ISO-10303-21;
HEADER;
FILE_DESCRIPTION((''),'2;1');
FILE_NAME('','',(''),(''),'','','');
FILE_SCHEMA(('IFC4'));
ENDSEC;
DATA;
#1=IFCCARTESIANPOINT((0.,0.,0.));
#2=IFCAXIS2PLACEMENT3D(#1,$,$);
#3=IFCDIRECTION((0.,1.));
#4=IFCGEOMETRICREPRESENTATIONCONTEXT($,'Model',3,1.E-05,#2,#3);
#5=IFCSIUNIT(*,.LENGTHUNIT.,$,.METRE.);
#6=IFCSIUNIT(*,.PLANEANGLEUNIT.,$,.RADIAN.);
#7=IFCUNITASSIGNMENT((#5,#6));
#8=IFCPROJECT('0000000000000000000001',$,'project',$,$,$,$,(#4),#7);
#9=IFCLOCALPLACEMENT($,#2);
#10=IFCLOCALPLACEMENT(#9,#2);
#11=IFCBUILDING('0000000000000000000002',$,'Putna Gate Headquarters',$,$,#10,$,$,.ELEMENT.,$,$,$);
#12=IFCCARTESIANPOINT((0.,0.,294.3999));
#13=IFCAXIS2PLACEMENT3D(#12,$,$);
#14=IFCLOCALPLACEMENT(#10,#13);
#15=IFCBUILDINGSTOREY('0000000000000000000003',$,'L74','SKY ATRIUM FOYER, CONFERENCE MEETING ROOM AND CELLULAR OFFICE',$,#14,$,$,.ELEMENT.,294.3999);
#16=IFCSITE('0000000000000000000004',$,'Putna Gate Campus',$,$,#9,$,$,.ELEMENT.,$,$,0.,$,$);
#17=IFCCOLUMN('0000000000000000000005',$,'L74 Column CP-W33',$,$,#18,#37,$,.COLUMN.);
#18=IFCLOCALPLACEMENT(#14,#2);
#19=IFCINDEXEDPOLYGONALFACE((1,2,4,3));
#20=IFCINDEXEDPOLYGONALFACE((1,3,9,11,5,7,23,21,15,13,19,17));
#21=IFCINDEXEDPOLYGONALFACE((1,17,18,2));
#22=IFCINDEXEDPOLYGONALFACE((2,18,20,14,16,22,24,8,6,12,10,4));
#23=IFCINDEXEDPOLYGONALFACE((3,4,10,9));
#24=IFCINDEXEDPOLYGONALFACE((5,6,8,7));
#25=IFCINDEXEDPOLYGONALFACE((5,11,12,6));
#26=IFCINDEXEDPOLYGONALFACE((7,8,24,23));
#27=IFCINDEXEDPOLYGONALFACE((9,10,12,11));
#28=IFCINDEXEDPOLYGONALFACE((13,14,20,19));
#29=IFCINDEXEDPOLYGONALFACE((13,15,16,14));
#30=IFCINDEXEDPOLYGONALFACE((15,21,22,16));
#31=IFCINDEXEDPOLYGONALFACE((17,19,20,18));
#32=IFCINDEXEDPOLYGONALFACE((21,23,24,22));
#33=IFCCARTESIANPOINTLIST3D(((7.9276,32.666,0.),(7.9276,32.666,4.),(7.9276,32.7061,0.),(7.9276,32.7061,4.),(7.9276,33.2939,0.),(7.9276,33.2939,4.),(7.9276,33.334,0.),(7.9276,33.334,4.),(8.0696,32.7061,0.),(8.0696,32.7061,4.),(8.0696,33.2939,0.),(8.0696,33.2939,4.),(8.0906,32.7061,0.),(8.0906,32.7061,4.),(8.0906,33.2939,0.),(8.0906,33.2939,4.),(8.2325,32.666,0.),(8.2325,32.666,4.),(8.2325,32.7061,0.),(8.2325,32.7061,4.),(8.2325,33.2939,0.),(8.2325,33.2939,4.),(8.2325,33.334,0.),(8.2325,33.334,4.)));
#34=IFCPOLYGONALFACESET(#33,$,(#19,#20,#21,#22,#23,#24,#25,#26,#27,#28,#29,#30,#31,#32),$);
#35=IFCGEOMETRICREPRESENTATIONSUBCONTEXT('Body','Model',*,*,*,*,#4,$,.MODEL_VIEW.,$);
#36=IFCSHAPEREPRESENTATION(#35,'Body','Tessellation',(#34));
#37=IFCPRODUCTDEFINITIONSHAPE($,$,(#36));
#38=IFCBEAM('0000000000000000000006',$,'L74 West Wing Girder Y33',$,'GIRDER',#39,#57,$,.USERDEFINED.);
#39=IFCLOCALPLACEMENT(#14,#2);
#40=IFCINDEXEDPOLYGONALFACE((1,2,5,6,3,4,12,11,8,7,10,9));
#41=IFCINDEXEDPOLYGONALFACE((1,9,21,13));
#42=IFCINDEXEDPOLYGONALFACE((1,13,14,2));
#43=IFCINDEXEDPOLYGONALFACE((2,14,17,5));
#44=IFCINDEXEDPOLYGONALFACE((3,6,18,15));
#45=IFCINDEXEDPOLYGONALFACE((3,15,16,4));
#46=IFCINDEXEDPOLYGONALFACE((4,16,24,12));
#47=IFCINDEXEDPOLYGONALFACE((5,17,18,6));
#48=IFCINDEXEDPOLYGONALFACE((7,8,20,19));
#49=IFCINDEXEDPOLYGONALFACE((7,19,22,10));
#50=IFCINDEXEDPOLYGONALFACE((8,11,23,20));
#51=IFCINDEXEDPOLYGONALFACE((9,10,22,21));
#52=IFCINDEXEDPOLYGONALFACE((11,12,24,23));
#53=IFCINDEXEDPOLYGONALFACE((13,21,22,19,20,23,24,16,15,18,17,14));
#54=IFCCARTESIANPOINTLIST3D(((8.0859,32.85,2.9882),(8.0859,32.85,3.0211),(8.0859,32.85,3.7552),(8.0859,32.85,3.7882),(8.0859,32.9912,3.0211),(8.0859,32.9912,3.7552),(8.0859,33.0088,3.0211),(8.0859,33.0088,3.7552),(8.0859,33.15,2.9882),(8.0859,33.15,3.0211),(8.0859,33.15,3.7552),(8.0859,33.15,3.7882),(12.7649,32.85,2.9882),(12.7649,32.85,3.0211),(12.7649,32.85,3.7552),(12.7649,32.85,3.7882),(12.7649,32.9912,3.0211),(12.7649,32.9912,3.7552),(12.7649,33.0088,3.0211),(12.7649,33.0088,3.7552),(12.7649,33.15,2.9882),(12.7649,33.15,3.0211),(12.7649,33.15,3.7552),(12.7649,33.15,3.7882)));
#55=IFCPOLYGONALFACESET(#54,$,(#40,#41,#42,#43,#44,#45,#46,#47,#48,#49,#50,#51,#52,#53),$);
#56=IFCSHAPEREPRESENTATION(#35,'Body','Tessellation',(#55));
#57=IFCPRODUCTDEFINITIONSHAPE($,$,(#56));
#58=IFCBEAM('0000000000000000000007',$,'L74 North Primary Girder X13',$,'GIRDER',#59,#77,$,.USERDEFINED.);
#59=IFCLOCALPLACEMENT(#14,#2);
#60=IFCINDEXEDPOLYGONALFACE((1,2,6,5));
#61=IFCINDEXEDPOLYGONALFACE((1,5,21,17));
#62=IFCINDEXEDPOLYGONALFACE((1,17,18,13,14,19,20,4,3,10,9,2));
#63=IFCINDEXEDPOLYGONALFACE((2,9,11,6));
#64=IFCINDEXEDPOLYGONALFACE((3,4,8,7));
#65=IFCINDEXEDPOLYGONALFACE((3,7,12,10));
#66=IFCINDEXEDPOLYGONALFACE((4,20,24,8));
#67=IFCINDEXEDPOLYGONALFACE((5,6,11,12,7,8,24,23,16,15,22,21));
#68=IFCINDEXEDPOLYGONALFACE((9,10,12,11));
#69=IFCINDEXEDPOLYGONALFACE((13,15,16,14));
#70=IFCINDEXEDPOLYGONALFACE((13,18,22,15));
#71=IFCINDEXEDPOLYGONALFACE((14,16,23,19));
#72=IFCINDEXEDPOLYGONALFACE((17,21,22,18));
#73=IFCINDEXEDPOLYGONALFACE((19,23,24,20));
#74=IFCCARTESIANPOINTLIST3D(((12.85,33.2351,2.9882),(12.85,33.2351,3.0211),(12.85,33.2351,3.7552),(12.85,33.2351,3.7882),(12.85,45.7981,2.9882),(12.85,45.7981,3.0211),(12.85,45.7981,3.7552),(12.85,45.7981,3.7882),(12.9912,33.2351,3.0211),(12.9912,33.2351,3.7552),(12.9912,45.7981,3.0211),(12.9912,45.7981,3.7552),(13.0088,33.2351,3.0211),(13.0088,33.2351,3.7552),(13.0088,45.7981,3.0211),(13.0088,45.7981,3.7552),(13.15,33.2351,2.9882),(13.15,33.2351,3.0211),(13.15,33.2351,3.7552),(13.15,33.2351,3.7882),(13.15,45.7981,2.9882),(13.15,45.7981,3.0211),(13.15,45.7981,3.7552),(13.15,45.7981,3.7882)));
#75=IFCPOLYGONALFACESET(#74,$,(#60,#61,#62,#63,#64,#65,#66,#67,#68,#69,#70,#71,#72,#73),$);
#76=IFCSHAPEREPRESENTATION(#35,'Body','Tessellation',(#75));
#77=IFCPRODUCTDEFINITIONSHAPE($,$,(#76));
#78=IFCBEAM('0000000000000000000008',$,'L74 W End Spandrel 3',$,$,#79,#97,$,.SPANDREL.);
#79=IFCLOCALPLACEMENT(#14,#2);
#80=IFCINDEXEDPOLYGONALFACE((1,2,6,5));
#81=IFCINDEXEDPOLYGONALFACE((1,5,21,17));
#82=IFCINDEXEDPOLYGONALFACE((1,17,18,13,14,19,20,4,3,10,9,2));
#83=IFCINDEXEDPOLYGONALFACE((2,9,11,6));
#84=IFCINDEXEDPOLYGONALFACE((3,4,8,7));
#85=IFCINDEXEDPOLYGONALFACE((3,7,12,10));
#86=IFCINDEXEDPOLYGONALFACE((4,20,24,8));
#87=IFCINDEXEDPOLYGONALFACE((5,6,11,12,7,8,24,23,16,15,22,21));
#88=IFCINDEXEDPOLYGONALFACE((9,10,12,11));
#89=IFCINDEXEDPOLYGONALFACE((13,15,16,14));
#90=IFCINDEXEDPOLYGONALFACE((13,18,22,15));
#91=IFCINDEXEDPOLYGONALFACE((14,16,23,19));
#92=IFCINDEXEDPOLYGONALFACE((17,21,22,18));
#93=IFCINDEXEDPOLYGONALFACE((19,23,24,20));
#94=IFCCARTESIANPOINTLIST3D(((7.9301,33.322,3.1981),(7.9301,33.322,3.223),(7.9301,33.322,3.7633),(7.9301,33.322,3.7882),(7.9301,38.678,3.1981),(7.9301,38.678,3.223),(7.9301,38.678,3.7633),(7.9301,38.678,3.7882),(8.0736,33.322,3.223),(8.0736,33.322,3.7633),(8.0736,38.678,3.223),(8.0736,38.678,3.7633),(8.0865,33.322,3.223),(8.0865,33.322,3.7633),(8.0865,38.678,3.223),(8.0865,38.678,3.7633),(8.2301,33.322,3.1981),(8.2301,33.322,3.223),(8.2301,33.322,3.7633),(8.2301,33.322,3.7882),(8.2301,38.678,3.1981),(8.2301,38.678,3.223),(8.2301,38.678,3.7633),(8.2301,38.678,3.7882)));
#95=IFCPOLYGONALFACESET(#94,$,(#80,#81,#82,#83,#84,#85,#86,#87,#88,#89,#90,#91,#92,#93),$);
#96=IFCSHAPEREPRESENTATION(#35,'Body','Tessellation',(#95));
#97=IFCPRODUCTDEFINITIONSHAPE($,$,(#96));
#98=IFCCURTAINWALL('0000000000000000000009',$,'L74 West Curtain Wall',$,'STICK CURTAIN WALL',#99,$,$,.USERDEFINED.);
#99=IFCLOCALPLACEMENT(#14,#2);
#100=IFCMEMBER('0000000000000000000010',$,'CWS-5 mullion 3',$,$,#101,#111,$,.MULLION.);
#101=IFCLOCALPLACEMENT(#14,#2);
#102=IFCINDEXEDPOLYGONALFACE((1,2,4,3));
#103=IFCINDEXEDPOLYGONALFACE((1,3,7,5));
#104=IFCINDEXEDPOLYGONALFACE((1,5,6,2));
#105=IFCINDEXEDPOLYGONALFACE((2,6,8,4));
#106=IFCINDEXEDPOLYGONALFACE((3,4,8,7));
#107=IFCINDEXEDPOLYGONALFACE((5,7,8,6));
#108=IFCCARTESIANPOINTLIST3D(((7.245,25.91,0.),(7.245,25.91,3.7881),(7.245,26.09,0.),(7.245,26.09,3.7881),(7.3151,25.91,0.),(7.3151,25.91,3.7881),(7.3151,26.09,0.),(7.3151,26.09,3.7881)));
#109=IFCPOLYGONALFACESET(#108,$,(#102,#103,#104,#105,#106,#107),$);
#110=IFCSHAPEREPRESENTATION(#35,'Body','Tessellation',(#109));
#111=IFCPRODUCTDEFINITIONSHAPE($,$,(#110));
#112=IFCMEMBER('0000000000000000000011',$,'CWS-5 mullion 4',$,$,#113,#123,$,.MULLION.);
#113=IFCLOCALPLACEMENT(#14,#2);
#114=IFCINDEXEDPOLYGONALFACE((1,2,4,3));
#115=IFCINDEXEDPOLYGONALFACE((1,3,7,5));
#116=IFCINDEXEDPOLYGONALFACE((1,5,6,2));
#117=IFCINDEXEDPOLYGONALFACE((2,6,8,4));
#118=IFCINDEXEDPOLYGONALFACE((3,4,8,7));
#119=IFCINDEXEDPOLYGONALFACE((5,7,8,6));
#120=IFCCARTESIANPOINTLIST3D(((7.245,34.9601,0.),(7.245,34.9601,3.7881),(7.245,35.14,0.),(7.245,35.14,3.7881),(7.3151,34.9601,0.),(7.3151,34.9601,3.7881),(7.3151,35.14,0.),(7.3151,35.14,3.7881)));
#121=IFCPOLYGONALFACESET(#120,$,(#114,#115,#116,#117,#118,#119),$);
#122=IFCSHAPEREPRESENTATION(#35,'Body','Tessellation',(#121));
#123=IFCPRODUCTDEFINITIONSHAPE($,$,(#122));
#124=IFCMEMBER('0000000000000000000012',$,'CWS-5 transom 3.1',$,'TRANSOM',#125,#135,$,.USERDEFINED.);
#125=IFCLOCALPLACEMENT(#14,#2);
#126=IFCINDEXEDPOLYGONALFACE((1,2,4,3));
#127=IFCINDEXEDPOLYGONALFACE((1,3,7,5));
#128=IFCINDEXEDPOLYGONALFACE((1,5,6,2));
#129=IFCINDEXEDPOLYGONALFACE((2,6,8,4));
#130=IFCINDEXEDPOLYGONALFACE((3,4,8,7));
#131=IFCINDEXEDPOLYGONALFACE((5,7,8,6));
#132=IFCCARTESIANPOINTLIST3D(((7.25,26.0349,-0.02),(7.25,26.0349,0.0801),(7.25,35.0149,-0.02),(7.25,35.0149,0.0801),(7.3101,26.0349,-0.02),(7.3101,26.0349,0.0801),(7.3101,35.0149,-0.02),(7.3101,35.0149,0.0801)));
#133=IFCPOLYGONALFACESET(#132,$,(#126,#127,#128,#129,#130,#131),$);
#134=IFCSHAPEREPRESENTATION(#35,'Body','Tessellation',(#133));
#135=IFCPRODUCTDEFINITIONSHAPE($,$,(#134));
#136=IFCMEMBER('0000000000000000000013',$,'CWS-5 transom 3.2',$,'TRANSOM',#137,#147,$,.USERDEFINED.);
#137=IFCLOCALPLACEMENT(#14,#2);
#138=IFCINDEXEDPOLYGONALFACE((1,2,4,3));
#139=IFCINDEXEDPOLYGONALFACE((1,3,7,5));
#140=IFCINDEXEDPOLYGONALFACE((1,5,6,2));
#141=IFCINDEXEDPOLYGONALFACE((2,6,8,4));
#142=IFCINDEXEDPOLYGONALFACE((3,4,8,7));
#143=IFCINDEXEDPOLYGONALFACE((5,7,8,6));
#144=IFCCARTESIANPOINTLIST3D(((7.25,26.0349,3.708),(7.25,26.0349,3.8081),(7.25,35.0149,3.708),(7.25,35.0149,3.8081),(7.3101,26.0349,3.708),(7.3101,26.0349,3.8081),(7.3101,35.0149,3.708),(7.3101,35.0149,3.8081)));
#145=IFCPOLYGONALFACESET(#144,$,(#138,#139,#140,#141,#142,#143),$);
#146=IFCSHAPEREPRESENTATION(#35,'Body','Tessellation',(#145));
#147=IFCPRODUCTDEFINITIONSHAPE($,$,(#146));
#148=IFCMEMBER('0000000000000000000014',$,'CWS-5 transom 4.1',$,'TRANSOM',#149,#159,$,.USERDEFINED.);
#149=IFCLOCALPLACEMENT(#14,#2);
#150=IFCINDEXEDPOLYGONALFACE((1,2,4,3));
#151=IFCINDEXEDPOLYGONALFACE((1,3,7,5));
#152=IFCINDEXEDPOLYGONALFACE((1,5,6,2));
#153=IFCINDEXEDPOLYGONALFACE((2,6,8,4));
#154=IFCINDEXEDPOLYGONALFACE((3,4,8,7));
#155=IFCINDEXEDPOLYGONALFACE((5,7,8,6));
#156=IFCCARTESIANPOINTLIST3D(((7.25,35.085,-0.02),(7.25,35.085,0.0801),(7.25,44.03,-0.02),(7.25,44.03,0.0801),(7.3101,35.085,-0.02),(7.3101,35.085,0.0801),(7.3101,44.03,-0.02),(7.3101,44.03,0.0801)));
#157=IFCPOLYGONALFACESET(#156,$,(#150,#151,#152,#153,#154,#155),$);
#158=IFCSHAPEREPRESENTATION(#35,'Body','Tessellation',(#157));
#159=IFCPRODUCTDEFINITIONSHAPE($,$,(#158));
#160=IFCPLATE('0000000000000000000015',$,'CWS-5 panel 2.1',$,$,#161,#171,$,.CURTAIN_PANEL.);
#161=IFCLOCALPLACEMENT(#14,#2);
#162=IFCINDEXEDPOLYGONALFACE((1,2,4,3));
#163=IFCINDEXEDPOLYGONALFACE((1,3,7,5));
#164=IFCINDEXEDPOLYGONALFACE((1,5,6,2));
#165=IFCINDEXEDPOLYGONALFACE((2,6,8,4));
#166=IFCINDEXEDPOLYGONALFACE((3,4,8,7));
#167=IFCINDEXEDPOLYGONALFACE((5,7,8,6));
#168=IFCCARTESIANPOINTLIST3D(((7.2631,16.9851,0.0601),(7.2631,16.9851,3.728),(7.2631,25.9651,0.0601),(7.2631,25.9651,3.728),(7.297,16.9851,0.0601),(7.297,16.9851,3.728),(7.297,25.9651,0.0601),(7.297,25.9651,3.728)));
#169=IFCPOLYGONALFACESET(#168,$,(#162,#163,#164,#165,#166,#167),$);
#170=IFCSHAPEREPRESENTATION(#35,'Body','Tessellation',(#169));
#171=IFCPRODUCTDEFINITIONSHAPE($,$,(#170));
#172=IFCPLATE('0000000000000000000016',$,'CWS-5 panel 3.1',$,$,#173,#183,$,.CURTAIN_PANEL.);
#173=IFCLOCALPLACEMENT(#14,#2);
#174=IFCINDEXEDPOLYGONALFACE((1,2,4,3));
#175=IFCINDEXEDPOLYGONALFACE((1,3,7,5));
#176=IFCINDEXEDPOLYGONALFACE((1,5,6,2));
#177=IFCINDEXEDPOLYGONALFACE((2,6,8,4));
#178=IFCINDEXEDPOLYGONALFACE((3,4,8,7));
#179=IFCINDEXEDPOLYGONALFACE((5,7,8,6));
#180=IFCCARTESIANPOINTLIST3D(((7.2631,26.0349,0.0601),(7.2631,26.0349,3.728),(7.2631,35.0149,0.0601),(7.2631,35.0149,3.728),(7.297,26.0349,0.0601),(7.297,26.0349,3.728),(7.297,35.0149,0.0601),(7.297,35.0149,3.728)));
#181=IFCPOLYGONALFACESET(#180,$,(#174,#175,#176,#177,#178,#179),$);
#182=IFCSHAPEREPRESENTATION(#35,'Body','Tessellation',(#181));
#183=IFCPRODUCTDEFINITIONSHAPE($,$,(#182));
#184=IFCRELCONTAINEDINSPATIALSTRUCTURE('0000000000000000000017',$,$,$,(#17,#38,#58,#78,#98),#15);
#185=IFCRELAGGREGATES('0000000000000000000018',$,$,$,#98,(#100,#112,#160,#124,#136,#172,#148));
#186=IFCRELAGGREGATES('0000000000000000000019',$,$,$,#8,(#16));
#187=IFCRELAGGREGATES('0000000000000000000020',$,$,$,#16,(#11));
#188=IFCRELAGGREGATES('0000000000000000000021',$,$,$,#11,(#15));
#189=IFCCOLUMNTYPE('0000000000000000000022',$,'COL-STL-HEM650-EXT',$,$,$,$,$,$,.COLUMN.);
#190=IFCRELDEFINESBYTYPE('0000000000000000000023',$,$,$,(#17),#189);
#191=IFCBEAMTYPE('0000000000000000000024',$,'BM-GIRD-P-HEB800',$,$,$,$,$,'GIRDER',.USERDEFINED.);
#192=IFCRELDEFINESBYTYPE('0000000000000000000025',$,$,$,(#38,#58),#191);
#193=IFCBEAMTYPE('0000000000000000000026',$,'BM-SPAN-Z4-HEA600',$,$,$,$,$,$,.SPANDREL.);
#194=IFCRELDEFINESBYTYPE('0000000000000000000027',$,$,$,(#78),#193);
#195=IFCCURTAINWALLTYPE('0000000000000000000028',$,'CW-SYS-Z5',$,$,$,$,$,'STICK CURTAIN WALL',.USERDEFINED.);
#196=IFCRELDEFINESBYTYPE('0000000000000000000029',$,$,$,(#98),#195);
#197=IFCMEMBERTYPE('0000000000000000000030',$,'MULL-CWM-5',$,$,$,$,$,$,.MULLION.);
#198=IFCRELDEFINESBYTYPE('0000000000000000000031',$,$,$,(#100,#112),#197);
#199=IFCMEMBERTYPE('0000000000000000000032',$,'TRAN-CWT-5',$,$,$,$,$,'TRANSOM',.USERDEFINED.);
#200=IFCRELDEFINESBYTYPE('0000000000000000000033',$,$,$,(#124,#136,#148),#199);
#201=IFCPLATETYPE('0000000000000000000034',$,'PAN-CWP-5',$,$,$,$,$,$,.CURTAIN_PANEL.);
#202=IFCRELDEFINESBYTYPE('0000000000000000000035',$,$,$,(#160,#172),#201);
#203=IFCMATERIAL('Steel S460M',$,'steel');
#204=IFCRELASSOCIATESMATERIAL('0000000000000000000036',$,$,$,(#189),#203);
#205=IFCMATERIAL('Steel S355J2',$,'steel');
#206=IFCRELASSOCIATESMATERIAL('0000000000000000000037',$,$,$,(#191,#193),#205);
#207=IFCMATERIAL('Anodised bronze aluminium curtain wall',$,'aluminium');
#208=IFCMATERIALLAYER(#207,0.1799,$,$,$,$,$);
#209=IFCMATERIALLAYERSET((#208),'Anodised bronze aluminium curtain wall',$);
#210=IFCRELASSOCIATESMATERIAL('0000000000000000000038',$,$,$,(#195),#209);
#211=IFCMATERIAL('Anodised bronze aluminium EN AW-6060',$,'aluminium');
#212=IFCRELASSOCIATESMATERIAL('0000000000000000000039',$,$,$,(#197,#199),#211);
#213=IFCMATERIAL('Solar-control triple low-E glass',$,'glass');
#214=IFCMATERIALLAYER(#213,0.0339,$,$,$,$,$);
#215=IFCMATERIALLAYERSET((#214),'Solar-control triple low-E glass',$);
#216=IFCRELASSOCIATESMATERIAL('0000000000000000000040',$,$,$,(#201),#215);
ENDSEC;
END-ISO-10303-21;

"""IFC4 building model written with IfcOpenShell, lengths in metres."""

from ifc_helpers import new_model, si_unit, direction, frame, origin, origin_2d, place, context, subcontext, project, spatial, rectangle, i_section, extrude, material, layer, layer_set, material_profile, profile_set, type_object, element, aggregate, save


model = new_model("IFC4")

# Units and contexts
model_context = context("Model", 3, precision=1e-05, world=origin(), true_north=direction((0.0, 1.0)))
body_context = subcontext(model_context, "Body", "Model", "MODEL_VIEW")
ifc_project = project(units=[si_unit("LENGTHUNIT", "METRE"), si_unit("PLANEANGLEUNIT", "RADIAN")], contexts=[model_context])

# Site, building, storey
site_placement = place(None, origin())
site = spatial("IfcSite", under=ifc_project, at=site_placement, Name="Putna Gate Campus", CompositionType="ELEMENT", RefElevation=0.0)
building_placement = place(site_placement, origin())
building = spatial("IfcBuilding", under=site, at=building_placement, Name="Putna Gate Headquarters", CompositionType="ELEMENT")
storey_placement = place(building_placement, frame((0.0, 0.0, 294.3999)))
storey = spatial("IfcBuildingStorey", under=building, at=storey_placement, Name="L74", Description="SKY ATRIUM FOYER, CONFERENCE MEETING ROOM AND CELLULAR OFFICE", CompositionType="ELEMENT", Elevation=294.3999)

# Column
ifc_material_1 = material(Name="Steel S460M", Category="steel")
ifc_material_profile_1 = material_profile(ifc_material_1, i_section(OverallWidth=0.3049, OverallDepth=0.668, WebThickness=0.021, FlangeThickness=0.04, at=origin_2d()), Name="Steel S460M")
ifc_profile_set_1 = profile_set([ifc_material_profile_1], Name="Steel S460M")
column_type = type_object("IfcColumnType", Name="COL-STL-HEM650-EXT", PredefinedType="COLUMN", material=ifc_profile_set_1)
column_placement = place(storey_placement, frame((8.0801, 33.0, 0.0), z_axis=(0.0, 0.0, 1.0), x_axis=(1.0, 0.0, 0.0)))
element("IfcColumn", 1, at=column_placement, inside=storey, type_object=column_type, Name="L74 Column CP-W33", PredefinedType="COLUMN", context=body_context, shape_type="SweptSolid", body=[
    extrude(i_section(OverallWidth=0.3049, OverallDepth=0.668, WebThickness=0.021, FlangeThickness=0.04, at=origin_2d()), origin(), (0.0, 0.0, 1.0), 4.0),
])

# Beams
ifc_material_2 = material(Name="Steel S355J2", Category="steel")
ifc_material_profile_2 = material_profile(ifc_material_2, i_section(OverallWidth=0.3, OverallDepth=0.8, WebThickness=0.0176, FlangeThickness=0.033, at=origin_2d()), Name="Steel S355J2")
ifc_profile_set_2 = profile_set([ifc_material_profile_2], Name="Steel S355J2")
beam_type_1 = type_object("IfcBeamType", Name="BM-GIRD-P-HEB800", ElementType="GIRDER", PredefinedType="USERDEFINED", material=ifc_profile_set_2)
beam_1_placement = place(storey_placement, frame((8.0859, 33.0, 3.3882), z_axis=(1.0, 0.0, 0.0), x_axis=(0.0, 1.0, 0.0)))
element("IfcBeam", 2, at=beam_1_placement, inside=storey, type_object=beam_type_1, Name="L74 West Wing Girder Y33", ObjectType="GIRDER", PredefinedType="USERDEFINED", context=body_context, shape_type="SweptSolid", body=[
    extrude(i_section(OverallWidth=0.3, OverallDepth=0.8, WebThickness=0.0176, FlangeThickness=0.033, at=origin_2d()), origin(), (0.0, 0.0, 1.0), 4.679),
])
beam_2_placement = place(storey_placement, frame((13.0, 33.2351, 3.3882), z_axis=(0.0, 1.0, 0.0), x_axis=(-1.0, 0.0, 0.0)))
element("IfcBeam", 3, at=beam_2_placement, inside=storey, type_object=beam_type_1, Name="L74 North Primary Girder X13", ObjectType="GIRDER", PredefinedType="USERDEFINED", context=body_context, shape_type="SweptSolid", body=[
    extrude(i_section(OverallWidth=0.3, OverallDepth=0.8, WebThickness=0.0176, FlangeThickness=0.033, at=origin_2d()), origin(), (0.0, 0.0, 1.0), 12.563),
])
ifc_material_profile_3 = material_profile(ifc_material_2, i_section(OverallWidth=0.3, OverallDepth=0.5901, WebThickness=0.0129, FlangeThickness=0.0249, at=origin_2d()), Name="Steel S355J2")
ifc_profile_set_3 = profile_set([ifc_material_profile_3], Name="Steel S355J2")
beam_type_2 = type_object("IfcBeamType", Name="BM-SPAN-Z4-HEA600", PredefinedType="SPANDREL", material=ifc_profile_set_3)
beam_3_placement = place(storey_placement, frame((8.0801, 33.322, 3.4932), z_axis=(0.0, 1.0, 0.0), x_axis=(-1.0, 0.0, 0.0)))
element("IfcBeam", 4, at=beam_3_placement, inside=storey, type_object=beam_type_2, Name="L74 W End Spandrel 3", PredefinedType="SPANDREL", context=body_context, shape_type="SweptSolid", body=[
    extrude(i_section(OverallWidth=0.3, OverallDepth=0.5901, WebThickness=0.0129, FlangeThickness=0.0249, at=origin_2d()), origin(), (0.0, 0.0, 1.0), 5.356),
])

# Curtain wall, members, plates
ifc_material_3 = material(Name="Anodised bronze aluminium curtain wall", Category="aluminium")
ifc_layer_1 = layer(ifc_material_3, 0.1799)
ifc_layer_set_1 = layer_set([ifc_layer_1], Name="Anodised bronze aluminium curtain wall")
curtain_wall_type = type_object("IfcCurtainWallType", Name="CW-SYS-Z5", ElementType="STICK CURTAIN WALL", PredefinedType="USERDEFINED", material=ifc_layer_set_1)
curtain_wall_placement = place(storey_placement, origin())
curtain_wall = element("IfcCurtainWall", 5, at=curtain_wall_placement, inside=storey, type_object=curtain_wall_type, Name="L74 West Curtain Wall", ObjectType="STICK CURTAIN WALL", PredefinedType="USERDEFINED")
ifc_material_4 = material(Name="Anodised bronze aluminium EN AW-6060", Category="aluminium")
ifc_material_profile_4 = material_profile(ifc_material_4, rectangle(XDim=0.0701, YDim=0.1799, at=origin_2d()), Name="Anodised bronze aluminium EN AW-6060")
ifc_profile_set_4 = profile_set([ifc_material_profile_4], Name="Anodised bronze aluminium EN AW-6060")
member_type_1 = type_object("IfcMemberType", Name="MULL-CWM-5", PredefinedType="MULLION", material=ifc_profile_set_4)
member_1_placement = place(storey_placement, frame((7.28, 26.0, 0.0), z_axis=(0.0, 0.0, 1.0), x_axis=(-1.0, 0.0, 0.0)))
member_1 = element("IfcMember", 6, at=member_1_placement, type_object=member_type_1, Name="CWS-5 mullion 3", PredefinedType="MULLION", context=body_context, shape_type="SweptSolid", body=[
    extrude(rectangle(XDim=0.0701, YDim=0.1799, at=origin_2d()), origin(), (0.0, 0.0, 1.0), 3.7881),
])
member_2_placement = place(storey_placement, frame((7.28, 35.05, 0.0), z_axis=(0.0, 0.0, 1.0), x_axis=(-1.0, 0.0, 0.0)))
member_2 = element("IfcMember", 7, at=member_2_placement, type_object=member_type_1, Name="CWS-5 mullion 4", PredefinedType="MULLION", context=body_context, shape_type="SweptSolid", body=[
    extrude(rectangle(XDim=0.0701, YDim=0.1799, at=origin_2d()), origin(), (0.0, 0.0, 1.0), 3.7881),
])
ifc_material_profile_5 = material_profile(ifc_material_4, rectangle(XDim=0.0601, YDim=0.1001, at=origin_2d()), Name="Anodised bronze aluminium EN AW-6060")
ifc_profile_set_5 = profile_set([ifc_material_profile_5], Name="Anodised bronze aluminium EN AW-6060")
member_type_2 = type_object("IfcMemberType", Name="TRAN-CWT-5", ElementType="TRANSOM", PredefinedType="USERDEFINED", material=ifc_profile_set_5)
member_3_placement = place(storey_placement, frame((7.28, 26.0349, 0.03), z_axis=(0.0, 1.0, 0.0), x_axis=(-1.0, 0.0, 0.0)))
member_3 = element("IfcMember", 8, at=member_3_placement, type_object=member_type_2, Name="CWS-5 transom 3.1", ObjectType="TRANSOM", PredefinedType="USERDEFINED", context=body_context, shape_type="SweptSolid", body=[
    extrude(rectangle(XDim=0.0601, YDim=0.1001, at=origin_2d()), origin(), (0.0, 0.0, 1.0), 8.98),
])
member_4_placement = place(storey_placement, frame((7.28, 26.0349, 3.7581), z_axis=(0.0, 1.0, 0.0), x_axis=(-1.0, 0.0, 0.0)))
member_4 = element("IfcMember", 9, at=member_4_placement, type_object=member_type_2, Name="CWS-5 transom 3.2", ObjectType="TRANSOM", PredefinedType="USERDEFINED", context=body_context, shape_type="SweptSolid", body=[
    extrude(rectangle(XDim=0.0601, YDim=0.1001, at=origin_2d()), origin(), (0.0, 0.0, 1.0), 8.98),
])
member_5_placement = place(storey_placement, frame((7.28, 35.085, 0.03), z_axis=(0.0, 1.0, 0.0), x_axis=(-1.0, 0.0, 0.0)))
member_5 = element("IfcMember", 10, at=member_5_placement, type_object=member_type_2, Name="CWS-5 transom 4.1", ObjectType="TRANSOM", PredefinedType="USERDEFINED", context=body_context, shape_type="SweptSolid", body=[
    extrude(rectangle(XDim=0.0601, YDim=0.1001, at=origin_2d()), origin(), (0.0, 0.0, 1.0), 8.9451),
])
ifc_material_5 = material(Name="Solar-control triple low-E glass", Category="glass")
ifc_layer_2 = layer(ifc_material_5, 0.0339)
ifc_layer_set_2 = layer_set([ifc_layer_2], Name="Solar-control triple low-E glass")
plate_type = type_object("IfcPlateType", Name="PAN-CWP-5", PredefinedType="CURTAIN_PANEL", material=ifc_layer_set_2)
plate_1_placement = place(storey_placement, frame((7.28, 21.4751, 0.0601), z_axis=(0.0, 0.0, 1.0), x_axis=(0.0, 1.0, 0.0)))
plate_1 = element("IfcPlate", 11, at=plate_1_placement, type_object=plate_type, Name="CWS-5 panel 2.1", PredefinedType="CURTAIN_PANEL", context=body_context, shape_type="SweptSolid", body=[
    extrude(rectangle(XDim=8.98, YDim=0.0339, at=origin_2d()), origin(), (0.0, 0.0, 1.0), 3.668),
])
plate_2_placement = place(storey_placement, frame((7.28, 30.5249, 0.0601), z_axis=(0.0, 0.0, 1.0), x_axis=(0.0, 1.0, 0.0)))
plate_2 = element("IfcPlate", 12, at=plate_2_placement, type_object=plate_type, Name="CWS-5 panel 3.1", PredefinedType="CURTAIN_PANEL", context=body_context, shape_type="SweptSolid", body=[
    extrude(rectangle(XDim=8.98, YDim=0.0339, at=origin_2d()), origin(), (0.0, 0.0, 1.0), 3.668),
])
aggregate(curtain_wall, [member_1, member_2, plate_1, member_3, member_4, plate_2, member_5])

save(model, "model.ifc")
